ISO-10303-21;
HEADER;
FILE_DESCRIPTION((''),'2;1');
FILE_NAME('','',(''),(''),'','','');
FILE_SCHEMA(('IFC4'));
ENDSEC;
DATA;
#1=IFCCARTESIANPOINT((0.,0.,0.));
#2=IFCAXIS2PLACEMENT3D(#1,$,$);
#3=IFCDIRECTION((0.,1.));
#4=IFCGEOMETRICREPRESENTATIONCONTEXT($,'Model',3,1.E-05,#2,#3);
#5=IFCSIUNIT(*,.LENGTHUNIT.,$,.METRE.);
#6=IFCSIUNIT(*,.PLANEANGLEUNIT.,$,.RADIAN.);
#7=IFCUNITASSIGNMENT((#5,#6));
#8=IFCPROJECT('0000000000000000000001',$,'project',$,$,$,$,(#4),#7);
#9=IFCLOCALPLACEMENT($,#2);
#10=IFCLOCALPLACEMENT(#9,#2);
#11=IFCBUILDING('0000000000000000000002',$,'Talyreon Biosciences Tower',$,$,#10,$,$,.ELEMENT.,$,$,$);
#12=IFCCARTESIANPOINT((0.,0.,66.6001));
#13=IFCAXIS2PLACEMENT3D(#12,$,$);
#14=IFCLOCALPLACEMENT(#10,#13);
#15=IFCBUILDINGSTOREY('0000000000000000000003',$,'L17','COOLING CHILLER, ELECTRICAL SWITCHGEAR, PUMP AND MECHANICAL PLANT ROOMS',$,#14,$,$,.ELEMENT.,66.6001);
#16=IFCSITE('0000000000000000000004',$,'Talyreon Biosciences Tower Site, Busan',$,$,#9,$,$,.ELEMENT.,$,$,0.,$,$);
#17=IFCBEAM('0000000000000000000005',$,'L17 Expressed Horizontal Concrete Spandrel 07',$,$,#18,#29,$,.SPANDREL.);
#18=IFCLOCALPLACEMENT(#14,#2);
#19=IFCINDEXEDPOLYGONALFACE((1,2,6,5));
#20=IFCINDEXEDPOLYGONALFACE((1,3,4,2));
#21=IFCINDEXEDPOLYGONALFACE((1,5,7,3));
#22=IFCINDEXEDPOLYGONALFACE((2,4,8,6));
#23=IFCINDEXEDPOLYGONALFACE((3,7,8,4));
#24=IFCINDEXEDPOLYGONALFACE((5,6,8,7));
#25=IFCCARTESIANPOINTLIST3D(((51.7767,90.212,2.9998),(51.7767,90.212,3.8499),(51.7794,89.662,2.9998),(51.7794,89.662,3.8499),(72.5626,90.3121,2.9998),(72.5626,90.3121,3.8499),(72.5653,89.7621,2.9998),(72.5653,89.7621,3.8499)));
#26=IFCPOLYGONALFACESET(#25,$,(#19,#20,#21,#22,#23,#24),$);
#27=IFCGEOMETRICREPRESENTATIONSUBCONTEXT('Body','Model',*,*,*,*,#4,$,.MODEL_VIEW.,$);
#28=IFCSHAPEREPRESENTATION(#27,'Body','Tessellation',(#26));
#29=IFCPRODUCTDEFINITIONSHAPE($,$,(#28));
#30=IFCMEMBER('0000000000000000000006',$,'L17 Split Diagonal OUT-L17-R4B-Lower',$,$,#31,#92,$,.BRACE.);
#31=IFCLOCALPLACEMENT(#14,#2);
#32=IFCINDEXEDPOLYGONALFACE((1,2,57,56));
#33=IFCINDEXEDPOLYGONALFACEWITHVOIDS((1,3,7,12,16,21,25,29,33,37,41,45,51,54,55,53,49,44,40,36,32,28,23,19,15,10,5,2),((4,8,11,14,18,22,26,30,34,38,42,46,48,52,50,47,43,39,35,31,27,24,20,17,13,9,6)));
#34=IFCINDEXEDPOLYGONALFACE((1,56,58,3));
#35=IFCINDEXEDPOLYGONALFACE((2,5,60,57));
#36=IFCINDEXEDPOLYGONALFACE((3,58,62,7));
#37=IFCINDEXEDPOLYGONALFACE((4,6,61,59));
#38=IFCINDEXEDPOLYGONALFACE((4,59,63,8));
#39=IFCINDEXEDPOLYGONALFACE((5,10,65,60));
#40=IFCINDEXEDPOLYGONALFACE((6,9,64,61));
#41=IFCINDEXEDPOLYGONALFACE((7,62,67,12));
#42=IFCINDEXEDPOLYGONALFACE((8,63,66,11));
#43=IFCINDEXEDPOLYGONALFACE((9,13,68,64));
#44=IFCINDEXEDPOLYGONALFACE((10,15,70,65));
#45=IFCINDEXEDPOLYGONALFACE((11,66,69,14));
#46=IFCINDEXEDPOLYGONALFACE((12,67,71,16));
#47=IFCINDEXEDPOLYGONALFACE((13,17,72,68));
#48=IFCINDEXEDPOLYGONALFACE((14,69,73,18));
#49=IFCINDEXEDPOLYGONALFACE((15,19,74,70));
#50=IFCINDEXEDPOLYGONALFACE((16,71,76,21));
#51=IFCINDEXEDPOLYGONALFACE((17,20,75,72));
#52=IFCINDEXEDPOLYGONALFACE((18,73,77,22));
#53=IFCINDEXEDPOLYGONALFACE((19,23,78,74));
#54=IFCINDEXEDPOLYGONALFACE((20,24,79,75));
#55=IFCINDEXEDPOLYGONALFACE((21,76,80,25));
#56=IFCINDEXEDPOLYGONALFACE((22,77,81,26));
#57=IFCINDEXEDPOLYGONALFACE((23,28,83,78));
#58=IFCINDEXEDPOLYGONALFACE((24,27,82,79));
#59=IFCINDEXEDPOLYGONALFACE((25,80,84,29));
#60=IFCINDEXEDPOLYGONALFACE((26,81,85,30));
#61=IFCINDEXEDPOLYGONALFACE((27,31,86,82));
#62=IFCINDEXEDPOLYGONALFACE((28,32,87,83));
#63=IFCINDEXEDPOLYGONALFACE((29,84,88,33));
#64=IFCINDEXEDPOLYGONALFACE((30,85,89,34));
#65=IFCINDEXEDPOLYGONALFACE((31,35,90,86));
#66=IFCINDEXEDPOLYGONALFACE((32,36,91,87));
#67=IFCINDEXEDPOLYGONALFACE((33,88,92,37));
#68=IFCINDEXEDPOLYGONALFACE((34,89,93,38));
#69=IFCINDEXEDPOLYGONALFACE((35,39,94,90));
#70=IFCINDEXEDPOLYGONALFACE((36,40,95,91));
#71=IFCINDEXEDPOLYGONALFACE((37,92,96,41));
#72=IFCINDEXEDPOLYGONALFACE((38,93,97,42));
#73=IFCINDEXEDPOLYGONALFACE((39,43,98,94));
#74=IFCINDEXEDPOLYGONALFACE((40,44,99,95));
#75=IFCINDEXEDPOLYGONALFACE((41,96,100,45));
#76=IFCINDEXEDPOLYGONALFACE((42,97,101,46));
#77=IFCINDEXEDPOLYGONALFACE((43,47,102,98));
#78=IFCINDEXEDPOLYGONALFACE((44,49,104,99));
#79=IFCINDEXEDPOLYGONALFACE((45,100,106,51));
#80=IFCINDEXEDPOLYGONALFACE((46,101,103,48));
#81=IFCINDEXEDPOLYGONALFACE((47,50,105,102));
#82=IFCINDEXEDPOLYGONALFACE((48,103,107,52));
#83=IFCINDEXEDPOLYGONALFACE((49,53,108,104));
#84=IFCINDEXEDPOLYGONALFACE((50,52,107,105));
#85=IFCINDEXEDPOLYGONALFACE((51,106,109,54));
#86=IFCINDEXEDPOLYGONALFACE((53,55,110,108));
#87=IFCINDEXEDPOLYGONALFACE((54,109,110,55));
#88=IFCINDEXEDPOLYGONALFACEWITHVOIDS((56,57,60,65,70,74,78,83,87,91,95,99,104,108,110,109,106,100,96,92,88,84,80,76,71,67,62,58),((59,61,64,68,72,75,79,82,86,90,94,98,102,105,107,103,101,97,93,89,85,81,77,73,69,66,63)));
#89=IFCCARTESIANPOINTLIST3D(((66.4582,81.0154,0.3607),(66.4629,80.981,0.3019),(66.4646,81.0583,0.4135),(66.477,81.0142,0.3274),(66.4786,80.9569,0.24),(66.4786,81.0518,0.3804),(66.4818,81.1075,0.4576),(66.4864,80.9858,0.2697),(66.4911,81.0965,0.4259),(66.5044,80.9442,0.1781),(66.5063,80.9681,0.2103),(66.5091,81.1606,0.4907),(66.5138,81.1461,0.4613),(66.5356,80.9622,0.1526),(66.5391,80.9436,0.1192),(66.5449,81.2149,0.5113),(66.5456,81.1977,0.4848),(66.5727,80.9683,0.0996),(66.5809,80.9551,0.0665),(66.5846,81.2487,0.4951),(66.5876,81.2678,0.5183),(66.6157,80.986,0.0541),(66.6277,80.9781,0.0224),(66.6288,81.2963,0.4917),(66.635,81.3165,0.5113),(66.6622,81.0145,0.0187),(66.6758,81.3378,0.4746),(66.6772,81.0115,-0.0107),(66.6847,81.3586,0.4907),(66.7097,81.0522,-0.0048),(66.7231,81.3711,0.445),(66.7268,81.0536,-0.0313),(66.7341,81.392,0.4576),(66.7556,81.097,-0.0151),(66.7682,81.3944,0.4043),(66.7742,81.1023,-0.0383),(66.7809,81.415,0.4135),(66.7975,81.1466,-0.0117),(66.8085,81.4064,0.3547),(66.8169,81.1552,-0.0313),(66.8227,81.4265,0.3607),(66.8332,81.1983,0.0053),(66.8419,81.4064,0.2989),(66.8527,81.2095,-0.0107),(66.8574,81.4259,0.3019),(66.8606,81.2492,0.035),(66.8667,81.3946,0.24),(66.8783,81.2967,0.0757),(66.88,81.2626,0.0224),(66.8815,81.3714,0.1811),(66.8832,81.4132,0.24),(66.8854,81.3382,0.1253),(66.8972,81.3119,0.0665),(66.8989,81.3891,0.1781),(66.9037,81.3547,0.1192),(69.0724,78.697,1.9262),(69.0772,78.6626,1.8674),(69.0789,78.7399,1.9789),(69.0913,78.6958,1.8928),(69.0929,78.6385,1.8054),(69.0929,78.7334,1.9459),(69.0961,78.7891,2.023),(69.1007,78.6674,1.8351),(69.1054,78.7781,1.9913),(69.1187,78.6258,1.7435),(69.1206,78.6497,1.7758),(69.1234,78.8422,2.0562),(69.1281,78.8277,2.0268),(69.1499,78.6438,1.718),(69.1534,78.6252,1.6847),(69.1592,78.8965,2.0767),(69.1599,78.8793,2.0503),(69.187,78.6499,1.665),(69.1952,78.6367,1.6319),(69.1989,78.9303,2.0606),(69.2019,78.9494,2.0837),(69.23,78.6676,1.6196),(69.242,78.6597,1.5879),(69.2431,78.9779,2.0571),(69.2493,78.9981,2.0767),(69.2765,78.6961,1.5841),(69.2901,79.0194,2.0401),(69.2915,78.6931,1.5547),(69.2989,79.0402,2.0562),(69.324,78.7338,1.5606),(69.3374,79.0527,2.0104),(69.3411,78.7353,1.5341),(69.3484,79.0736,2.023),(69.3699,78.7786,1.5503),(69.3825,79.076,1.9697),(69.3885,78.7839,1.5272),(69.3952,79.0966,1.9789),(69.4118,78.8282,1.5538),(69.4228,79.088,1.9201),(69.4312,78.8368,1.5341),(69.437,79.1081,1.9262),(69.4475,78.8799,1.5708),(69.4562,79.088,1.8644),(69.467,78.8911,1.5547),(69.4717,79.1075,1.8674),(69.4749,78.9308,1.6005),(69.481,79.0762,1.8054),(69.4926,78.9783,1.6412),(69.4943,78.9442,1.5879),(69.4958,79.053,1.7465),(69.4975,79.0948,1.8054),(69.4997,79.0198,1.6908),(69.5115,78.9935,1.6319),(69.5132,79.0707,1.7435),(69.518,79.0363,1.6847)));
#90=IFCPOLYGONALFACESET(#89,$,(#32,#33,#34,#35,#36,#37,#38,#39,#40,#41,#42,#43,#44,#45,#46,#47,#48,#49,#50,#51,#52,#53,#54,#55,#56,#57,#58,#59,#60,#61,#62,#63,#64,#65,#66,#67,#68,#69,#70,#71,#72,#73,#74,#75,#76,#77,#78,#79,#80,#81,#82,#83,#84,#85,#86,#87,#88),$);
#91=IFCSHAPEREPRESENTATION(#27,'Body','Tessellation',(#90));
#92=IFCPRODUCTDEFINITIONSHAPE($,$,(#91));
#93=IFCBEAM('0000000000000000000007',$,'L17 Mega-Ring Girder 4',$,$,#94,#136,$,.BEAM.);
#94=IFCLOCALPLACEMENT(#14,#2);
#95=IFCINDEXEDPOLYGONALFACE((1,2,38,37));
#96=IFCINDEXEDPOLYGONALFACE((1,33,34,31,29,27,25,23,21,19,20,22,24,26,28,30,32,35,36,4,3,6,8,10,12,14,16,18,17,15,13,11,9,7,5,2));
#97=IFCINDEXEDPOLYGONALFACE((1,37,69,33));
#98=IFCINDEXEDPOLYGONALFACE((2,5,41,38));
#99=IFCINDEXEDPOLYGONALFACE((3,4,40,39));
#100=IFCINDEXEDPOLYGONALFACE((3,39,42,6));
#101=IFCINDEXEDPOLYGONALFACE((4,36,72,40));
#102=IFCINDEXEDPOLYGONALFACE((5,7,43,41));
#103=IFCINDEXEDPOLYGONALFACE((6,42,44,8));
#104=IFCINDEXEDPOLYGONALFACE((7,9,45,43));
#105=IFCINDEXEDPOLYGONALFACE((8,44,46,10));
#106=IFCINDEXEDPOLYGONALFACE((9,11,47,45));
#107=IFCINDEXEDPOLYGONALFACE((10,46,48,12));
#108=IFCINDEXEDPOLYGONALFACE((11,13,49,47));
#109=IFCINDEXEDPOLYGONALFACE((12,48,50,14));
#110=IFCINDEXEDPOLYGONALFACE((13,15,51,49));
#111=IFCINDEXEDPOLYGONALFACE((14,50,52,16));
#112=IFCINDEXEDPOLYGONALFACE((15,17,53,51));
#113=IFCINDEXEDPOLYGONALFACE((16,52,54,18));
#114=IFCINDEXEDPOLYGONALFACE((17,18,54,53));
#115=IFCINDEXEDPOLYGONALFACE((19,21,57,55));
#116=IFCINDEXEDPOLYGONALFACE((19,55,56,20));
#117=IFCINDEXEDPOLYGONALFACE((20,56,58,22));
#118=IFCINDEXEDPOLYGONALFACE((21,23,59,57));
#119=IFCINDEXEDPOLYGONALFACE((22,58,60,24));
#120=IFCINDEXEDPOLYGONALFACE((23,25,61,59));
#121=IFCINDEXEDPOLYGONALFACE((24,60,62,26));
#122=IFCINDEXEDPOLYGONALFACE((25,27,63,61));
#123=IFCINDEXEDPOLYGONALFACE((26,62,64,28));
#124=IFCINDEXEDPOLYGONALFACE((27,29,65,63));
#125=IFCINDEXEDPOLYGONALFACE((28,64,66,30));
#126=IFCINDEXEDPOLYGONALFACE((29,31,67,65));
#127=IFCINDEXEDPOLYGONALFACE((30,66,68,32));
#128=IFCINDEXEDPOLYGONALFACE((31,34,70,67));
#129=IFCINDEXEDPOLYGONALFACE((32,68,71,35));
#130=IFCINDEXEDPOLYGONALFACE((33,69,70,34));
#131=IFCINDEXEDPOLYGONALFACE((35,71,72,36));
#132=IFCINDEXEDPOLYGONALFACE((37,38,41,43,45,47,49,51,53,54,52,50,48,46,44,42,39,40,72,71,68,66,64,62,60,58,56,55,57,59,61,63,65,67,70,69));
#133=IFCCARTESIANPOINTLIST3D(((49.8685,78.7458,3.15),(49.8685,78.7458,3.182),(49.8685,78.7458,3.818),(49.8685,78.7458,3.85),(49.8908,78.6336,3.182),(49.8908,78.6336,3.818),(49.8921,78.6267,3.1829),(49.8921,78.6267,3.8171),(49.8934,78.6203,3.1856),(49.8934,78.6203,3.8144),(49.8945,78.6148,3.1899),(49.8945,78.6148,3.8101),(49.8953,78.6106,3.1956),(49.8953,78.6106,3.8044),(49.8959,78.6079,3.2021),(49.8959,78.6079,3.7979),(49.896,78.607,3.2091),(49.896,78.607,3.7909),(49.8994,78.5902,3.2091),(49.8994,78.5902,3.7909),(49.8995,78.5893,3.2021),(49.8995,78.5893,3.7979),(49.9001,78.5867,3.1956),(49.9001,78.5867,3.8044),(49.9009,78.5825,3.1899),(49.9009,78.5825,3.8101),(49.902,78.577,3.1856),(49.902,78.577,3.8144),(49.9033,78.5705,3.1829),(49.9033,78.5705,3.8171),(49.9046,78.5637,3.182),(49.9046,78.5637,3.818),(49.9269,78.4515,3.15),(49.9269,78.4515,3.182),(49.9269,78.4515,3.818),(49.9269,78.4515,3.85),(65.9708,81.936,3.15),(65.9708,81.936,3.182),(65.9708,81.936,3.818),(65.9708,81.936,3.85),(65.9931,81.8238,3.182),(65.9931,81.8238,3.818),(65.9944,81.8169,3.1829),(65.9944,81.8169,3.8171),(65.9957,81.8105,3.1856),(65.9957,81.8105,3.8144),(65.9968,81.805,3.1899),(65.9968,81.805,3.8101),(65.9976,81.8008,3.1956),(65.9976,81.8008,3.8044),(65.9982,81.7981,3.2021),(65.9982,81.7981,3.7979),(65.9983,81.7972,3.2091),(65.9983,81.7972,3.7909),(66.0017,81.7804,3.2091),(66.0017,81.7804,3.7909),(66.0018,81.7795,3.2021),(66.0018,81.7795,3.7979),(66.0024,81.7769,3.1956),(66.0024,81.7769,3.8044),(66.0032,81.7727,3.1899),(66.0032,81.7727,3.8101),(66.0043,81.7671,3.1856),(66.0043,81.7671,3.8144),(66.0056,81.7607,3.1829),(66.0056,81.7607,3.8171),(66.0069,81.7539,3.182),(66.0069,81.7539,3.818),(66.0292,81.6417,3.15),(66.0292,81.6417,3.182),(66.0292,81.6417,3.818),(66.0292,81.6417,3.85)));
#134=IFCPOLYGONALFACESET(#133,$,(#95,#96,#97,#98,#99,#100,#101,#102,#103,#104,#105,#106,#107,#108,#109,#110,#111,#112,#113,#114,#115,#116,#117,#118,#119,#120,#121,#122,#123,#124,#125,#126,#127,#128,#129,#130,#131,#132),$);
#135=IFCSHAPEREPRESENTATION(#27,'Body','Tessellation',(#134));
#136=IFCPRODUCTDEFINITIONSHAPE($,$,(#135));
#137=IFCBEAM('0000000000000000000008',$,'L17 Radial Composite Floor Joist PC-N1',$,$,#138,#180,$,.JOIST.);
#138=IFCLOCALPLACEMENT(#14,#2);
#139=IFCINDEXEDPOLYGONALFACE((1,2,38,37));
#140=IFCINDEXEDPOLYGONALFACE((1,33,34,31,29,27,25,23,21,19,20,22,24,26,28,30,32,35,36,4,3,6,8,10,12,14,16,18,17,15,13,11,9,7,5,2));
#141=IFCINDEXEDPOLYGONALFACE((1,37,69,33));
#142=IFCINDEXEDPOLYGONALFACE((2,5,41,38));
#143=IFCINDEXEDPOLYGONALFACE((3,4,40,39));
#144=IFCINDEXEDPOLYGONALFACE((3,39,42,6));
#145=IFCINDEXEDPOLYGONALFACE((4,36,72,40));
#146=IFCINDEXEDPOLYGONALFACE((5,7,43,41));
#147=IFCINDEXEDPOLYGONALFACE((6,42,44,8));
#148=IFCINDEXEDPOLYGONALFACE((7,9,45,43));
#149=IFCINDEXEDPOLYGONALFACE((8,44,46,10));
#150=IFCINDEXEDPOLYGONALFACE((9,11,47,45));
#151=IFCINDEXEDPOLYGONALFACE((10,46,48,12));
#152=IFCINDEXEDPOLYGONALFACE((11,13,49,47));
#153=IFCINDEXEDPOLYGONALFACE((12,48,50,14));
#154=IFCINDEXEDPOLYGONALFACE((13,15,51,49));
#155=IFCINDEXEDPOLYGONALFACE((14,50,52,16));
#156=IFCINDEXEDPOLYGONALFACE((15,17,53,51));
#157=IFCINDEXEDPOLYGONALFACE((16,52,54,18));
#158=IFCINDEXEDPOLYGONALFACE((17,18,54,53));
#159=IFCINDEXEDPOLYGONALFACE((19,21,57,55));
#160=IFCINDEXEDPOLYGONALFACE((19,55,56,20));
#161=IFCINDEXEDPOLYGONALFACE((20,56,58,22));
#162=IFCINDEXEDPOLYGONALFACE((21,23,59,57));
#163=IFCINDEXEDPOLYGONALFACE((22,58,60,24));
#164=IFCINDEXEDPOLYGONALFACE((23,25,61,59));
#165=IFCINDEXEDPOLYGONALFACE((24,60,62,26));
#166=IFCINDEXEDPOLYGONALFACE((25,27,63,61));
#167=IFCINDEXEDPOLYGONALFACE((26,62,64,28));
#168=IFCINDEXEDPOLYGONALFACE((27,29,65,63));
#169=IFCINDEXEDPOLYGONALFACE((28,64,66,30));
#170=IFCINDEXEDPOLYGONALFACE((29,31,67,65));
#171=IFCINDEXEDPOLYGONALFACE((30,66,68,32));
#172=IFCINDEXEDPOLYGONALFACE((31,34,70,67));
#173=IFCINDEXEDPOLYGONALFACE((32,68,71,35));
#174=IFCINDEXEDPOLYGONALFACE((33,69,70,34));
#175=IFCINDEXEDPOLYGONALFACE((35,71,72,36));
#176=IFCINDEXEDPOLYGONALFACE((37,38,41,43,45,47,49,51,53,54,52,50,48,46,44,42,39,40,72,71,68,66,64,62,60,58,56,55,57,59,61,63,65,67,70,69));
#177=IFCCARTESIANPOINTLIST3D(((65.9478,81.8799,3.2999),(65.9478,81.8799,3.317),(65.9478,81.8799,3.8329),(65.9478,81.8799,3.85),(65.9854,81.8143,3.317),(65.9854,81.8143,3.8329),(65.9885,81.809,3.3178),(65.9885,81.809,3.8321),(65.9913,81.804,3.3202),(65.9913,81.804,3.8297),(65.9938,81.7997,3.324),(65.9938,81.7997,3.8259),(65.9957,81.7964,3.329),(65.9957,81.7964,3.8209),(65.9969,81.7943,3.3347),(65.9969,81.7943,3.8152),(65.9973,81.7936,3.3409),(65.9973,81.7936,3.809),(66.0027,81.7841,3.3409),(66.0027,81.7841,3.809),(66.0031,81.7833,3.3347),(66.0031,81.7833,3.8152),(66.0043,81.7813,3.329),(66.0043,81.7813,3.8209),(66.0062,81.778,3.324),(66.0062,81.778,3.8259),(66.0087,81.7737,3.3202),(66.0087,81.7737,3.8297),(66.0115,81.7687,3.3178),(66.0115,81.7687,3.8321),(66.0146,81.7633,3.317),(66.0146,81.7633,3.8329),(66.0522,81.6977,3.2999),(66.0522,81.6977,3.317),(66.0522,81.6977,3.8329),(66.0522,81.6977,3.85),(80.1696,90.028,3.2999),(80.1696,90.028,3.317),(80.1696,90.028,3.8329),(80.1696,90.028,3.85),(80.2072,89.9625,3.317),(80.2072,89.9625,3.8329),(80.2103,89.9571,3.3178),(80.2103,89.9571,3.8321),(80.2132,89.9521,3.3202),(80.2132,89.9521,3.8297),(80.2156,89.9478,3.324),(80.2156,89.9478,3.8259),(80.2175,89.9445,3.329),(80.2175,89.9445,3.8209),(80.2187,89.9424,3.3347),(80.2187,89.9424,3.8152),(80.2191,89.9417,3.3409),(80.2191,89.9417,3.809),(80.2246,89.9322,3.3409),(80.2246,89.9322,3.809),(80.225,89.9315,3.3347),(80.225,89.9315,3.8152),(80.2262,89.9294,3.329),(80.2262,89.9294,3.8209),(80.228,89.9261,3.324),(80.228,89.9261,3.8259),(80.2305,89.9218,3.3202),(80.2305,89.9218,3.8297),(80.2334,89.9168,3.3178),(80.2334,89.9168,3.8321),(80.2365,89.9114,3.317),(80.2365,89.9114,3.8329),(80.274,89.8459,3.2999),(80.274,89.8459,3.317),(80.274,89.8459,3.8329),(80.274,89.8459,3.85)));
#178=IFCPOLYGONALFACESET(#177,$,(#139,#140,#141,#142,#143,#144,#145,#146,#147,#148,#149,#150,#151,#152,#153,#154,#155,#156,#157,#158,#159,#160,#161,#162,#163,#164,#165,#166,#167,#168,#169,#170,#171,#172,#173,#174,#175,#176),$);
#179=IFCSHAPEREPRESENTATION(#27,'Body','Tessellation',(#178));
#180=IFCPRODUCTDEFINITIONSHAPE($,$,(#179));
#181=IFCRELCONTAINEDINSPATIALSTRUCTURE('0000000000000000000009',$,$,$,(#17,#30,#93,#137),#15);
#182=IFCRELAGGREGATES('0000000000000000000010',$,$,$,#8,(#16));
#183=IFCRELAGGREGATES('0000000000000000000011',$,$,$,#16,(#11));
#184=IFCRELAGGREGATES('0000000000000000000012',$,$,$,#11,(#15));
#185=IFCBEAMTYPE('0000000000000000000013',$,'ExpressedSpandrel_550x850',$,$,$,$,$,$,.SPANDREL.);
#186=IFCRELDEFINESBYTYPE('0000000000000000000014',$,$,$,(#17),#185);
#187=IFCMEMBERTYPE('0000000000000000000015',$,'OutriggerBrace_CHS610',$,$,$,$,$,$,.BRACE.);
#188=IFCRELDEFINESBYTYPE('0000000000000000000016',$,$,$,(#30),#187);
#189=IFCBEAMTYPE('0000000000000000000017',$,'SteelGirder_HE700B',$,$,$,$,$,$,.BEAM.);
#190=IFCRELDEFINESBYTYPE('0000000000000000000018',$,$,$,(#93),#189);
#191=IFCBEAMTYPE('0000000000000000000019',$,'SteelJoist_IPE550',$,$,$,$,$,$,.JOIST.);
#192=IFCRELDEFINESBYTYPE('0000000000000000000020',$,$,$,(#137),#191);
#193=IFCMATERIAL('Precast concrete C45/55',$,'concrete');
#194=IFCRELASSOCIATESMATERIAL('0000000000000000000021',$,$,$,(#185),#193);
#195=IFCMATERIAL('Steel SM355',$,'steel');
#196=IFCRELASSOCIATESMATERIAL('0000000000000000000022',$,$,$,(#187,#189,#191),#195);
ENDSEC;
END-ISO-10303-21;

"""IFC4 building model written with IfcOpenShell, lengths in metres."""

from ifc_helpers import new_model, si_unit, direction, frame, origin, origin_2d, place, context, subcontext, project, spatial, rectangle, hollow_circle, i_section, extrude, material, material_profile, profile_set, type_object, element, save


model = new_model("IFC4")

# Units and contexts
model_context = context("Model", 3, precision=1e-05, world=origin(), true_north=direction((0.0, 1.0)))
body_context = subcontext(model_context, "Body", "Model", "MODEL_VIEW")
ifc_project = project(units=[si_unit("LENGTHUNIT", "METRE"), si_unit("PLANEANGLEUNIT", "RADIAN")], contexts=[model_context])

# Site, building, storey
site_placement = place(None, origin())
site = spatial("IfcSite", under=ifc_project, at=site_placement, Name="Talyreon Biosciences Tower Site, Busan", CompositionType="ELEMENT", RefElevation=0.0)
building_placement = place(site_placement, origin())
building = spatial("IfcBuilding", under=site, at=building_placement, Name="Talyreon Biosciences Tower", CompositionType="ELEMENT")
storey_placement = place(building_placement, frame((0.0, 0.0, 66.6001)))
storey = spatial("IfcBuildingStorey", under=building, at=storey_placement, Name="L17", Description="COOLING CHILLER, ELECTRICAL SWITCHGEAR, PUMP AND MECHANICAL PLANT ROOMS", CompositionType="ELEMENT", Elevation=66.6001)

# Shared definitions
ifc_material_1 = material(Name="Precast concrete C45/55", Category="concrete")

# Shared definitions
ifc_material_2 = material(Name="Steel SM355", Category="steel")

# Beam
ifc_material_profile_1 = material_profile(ifc_material_1, rectangle(XDim=0.55, YDim=0.8501, at=origin_2d()), Name="RCB 550x850")
ifc_profile_set_1 = profile_set([ifc_material_profile_1], Name="Precast concrete C45/55")
beam_type_1 = type_object("IfcBeamType", Name="ExpressedSpandrel_550x850", PredefinedType="SPANDREL", material=ifc_profile_set_1)
beam_1_placement = place(storey_placement, frame((72.564, 90.0371, 3.4248), z_axis=(-0.999988, -0.004816, 0.0), x_axis=(0.004816, -0.999988, 0.0)))
element("IfcBeam", 1, at=beam_1_placement, inside=storey, type_object=beam_type_1, Name="L17 Expressed Horizontal Concrete Spandrel 07", PredefinedType="SPANDREL", context=body_context, shape_type="SweptSolid", body=[
    extrude(rectangle(XDim=0.55, YDim=0.8501, at=origin_2d()), origin(), (0.0, 0.0, 1.0), 20.7861),
])

# Member
ifc_material_profile_2 = material_profile(ifc_material_2, hollow_circle(Radius=0.3049, WallThickness=0.0249, at=origin_2d()), Name="CHS 610x25")
ifc_profile_set_2 = profile_set([ifc_material_profile_2], Name="Steel SM355")
member_type_1 = type_object("IfcMemberType", Name="OutriggerBrace_CHS610", PredefinedType="BRACE", material=ifc_profile_set_2)
member_1_placement = place(storey_placement, frame((66.6809, 81.1851, 0.24), z_axis=(0.682788, -0.605506, 0.408857), x_axis=(0.663496, 0.74818, 0.0)))
element("IfcMember", 2, at=member_1_placement, inside=storey, type_object=member_type_1, Name="L17 Split Diagonal OUT-L17-R4B-Lower", PredefinedType="BRACE", context=body_context, shape_type="SweptSolid", body=[
    extrude(hollow_circle(Radius=0.3049, WallThickness=0.0249, at=origin_2d()), origin(), (0.0, 0.0, 1.0), 3.8289),
])

# Beams
ifc_material_profile_3 = material_profile(ifc_material_2, i_section(OverallWidth=0.3, OverallDepth=0.7, WebThickness=0.0171, FlangeThickness=0.032, FilletRadius=0.0271, at=origin_2d()), Name="HE700B")
ifc_profile_set_3 = profile_set([ifc_material_profile_3], Name="Steel SM355")
beam_type_2 = type_object("IfcBeamType", Name="SteelGirder_HE700B", PredefinedType="BEAM", material=ifc_profile_set_3)
beam_2_placement = place(storey_placement, frame((66.0, 81.7888, 3.5), z_axis=(-0.980934, -0.194343, 0.0), x_axis=(0.194343, -0.980934, 0.0)))
element("IfcBeam", 3, at=beam_2_placement, inside=storey, type_object=beam_type_2, Name="L17 Mega-Ring Girder 4", PredefinedType="BEAM", context=body_context, shape_type="SweptSolid", body=[
    extrude(i_section(OverallWidth=0.3, OverallDepth=0.7, WebThickness=0.0171, FlangeThickness=0.032, FilletRadius=0.0271, at=origin_2d()), origin(), (0.0, 0.0, 1.0), 16.4153),
])
ifc_material_profile_4 = material_profile(ifc_material_2, i_section(OverallWidth=0.21, OverallDepth=0.55, WebThickness=0.011, FlangeThickness=0.0171, FilletRadius=0.0239, at=origin_2d()), Name="IPE550")
ifc_profile_set_4 = profile_set([ifc_material_profile_4], Name="Steel SM355")
beam_type_3 = type_object("IfcBeamType", Name="SteelJoist_IPE550", PredefinedType="JOIST", material=ifc_profile_set_4)
for number, where, z_axis, x_axis, name in (
    (4, (66.0, 81.7888, 3.575), (0.867681, 0.497122, 0.0), (-0.497122, 0.867681, 0.0), "L17 Radial Composite Floor Joist PC-N1"),
):
    element("IfcBeam", number, at=place(storey_placement, frame(where, z_axis=z_axis, x_axis=x_axis)), inside=storey, type_object=beam_type_3, Name=name, PredefinedType="JOIST", context=body_context, shape_type="SweptSolid", body=[
        extrude(i_section(OverallWidth=0.21, OverallDepth=0.55, WebThickness=0.011, FlangeThickness=0.0171, FilletRadius=0.0239, at=origin_2d()), origin(), (0.0, 0.0, 1.0), 16.3906),
    ])

save(model, "model.ifc")
